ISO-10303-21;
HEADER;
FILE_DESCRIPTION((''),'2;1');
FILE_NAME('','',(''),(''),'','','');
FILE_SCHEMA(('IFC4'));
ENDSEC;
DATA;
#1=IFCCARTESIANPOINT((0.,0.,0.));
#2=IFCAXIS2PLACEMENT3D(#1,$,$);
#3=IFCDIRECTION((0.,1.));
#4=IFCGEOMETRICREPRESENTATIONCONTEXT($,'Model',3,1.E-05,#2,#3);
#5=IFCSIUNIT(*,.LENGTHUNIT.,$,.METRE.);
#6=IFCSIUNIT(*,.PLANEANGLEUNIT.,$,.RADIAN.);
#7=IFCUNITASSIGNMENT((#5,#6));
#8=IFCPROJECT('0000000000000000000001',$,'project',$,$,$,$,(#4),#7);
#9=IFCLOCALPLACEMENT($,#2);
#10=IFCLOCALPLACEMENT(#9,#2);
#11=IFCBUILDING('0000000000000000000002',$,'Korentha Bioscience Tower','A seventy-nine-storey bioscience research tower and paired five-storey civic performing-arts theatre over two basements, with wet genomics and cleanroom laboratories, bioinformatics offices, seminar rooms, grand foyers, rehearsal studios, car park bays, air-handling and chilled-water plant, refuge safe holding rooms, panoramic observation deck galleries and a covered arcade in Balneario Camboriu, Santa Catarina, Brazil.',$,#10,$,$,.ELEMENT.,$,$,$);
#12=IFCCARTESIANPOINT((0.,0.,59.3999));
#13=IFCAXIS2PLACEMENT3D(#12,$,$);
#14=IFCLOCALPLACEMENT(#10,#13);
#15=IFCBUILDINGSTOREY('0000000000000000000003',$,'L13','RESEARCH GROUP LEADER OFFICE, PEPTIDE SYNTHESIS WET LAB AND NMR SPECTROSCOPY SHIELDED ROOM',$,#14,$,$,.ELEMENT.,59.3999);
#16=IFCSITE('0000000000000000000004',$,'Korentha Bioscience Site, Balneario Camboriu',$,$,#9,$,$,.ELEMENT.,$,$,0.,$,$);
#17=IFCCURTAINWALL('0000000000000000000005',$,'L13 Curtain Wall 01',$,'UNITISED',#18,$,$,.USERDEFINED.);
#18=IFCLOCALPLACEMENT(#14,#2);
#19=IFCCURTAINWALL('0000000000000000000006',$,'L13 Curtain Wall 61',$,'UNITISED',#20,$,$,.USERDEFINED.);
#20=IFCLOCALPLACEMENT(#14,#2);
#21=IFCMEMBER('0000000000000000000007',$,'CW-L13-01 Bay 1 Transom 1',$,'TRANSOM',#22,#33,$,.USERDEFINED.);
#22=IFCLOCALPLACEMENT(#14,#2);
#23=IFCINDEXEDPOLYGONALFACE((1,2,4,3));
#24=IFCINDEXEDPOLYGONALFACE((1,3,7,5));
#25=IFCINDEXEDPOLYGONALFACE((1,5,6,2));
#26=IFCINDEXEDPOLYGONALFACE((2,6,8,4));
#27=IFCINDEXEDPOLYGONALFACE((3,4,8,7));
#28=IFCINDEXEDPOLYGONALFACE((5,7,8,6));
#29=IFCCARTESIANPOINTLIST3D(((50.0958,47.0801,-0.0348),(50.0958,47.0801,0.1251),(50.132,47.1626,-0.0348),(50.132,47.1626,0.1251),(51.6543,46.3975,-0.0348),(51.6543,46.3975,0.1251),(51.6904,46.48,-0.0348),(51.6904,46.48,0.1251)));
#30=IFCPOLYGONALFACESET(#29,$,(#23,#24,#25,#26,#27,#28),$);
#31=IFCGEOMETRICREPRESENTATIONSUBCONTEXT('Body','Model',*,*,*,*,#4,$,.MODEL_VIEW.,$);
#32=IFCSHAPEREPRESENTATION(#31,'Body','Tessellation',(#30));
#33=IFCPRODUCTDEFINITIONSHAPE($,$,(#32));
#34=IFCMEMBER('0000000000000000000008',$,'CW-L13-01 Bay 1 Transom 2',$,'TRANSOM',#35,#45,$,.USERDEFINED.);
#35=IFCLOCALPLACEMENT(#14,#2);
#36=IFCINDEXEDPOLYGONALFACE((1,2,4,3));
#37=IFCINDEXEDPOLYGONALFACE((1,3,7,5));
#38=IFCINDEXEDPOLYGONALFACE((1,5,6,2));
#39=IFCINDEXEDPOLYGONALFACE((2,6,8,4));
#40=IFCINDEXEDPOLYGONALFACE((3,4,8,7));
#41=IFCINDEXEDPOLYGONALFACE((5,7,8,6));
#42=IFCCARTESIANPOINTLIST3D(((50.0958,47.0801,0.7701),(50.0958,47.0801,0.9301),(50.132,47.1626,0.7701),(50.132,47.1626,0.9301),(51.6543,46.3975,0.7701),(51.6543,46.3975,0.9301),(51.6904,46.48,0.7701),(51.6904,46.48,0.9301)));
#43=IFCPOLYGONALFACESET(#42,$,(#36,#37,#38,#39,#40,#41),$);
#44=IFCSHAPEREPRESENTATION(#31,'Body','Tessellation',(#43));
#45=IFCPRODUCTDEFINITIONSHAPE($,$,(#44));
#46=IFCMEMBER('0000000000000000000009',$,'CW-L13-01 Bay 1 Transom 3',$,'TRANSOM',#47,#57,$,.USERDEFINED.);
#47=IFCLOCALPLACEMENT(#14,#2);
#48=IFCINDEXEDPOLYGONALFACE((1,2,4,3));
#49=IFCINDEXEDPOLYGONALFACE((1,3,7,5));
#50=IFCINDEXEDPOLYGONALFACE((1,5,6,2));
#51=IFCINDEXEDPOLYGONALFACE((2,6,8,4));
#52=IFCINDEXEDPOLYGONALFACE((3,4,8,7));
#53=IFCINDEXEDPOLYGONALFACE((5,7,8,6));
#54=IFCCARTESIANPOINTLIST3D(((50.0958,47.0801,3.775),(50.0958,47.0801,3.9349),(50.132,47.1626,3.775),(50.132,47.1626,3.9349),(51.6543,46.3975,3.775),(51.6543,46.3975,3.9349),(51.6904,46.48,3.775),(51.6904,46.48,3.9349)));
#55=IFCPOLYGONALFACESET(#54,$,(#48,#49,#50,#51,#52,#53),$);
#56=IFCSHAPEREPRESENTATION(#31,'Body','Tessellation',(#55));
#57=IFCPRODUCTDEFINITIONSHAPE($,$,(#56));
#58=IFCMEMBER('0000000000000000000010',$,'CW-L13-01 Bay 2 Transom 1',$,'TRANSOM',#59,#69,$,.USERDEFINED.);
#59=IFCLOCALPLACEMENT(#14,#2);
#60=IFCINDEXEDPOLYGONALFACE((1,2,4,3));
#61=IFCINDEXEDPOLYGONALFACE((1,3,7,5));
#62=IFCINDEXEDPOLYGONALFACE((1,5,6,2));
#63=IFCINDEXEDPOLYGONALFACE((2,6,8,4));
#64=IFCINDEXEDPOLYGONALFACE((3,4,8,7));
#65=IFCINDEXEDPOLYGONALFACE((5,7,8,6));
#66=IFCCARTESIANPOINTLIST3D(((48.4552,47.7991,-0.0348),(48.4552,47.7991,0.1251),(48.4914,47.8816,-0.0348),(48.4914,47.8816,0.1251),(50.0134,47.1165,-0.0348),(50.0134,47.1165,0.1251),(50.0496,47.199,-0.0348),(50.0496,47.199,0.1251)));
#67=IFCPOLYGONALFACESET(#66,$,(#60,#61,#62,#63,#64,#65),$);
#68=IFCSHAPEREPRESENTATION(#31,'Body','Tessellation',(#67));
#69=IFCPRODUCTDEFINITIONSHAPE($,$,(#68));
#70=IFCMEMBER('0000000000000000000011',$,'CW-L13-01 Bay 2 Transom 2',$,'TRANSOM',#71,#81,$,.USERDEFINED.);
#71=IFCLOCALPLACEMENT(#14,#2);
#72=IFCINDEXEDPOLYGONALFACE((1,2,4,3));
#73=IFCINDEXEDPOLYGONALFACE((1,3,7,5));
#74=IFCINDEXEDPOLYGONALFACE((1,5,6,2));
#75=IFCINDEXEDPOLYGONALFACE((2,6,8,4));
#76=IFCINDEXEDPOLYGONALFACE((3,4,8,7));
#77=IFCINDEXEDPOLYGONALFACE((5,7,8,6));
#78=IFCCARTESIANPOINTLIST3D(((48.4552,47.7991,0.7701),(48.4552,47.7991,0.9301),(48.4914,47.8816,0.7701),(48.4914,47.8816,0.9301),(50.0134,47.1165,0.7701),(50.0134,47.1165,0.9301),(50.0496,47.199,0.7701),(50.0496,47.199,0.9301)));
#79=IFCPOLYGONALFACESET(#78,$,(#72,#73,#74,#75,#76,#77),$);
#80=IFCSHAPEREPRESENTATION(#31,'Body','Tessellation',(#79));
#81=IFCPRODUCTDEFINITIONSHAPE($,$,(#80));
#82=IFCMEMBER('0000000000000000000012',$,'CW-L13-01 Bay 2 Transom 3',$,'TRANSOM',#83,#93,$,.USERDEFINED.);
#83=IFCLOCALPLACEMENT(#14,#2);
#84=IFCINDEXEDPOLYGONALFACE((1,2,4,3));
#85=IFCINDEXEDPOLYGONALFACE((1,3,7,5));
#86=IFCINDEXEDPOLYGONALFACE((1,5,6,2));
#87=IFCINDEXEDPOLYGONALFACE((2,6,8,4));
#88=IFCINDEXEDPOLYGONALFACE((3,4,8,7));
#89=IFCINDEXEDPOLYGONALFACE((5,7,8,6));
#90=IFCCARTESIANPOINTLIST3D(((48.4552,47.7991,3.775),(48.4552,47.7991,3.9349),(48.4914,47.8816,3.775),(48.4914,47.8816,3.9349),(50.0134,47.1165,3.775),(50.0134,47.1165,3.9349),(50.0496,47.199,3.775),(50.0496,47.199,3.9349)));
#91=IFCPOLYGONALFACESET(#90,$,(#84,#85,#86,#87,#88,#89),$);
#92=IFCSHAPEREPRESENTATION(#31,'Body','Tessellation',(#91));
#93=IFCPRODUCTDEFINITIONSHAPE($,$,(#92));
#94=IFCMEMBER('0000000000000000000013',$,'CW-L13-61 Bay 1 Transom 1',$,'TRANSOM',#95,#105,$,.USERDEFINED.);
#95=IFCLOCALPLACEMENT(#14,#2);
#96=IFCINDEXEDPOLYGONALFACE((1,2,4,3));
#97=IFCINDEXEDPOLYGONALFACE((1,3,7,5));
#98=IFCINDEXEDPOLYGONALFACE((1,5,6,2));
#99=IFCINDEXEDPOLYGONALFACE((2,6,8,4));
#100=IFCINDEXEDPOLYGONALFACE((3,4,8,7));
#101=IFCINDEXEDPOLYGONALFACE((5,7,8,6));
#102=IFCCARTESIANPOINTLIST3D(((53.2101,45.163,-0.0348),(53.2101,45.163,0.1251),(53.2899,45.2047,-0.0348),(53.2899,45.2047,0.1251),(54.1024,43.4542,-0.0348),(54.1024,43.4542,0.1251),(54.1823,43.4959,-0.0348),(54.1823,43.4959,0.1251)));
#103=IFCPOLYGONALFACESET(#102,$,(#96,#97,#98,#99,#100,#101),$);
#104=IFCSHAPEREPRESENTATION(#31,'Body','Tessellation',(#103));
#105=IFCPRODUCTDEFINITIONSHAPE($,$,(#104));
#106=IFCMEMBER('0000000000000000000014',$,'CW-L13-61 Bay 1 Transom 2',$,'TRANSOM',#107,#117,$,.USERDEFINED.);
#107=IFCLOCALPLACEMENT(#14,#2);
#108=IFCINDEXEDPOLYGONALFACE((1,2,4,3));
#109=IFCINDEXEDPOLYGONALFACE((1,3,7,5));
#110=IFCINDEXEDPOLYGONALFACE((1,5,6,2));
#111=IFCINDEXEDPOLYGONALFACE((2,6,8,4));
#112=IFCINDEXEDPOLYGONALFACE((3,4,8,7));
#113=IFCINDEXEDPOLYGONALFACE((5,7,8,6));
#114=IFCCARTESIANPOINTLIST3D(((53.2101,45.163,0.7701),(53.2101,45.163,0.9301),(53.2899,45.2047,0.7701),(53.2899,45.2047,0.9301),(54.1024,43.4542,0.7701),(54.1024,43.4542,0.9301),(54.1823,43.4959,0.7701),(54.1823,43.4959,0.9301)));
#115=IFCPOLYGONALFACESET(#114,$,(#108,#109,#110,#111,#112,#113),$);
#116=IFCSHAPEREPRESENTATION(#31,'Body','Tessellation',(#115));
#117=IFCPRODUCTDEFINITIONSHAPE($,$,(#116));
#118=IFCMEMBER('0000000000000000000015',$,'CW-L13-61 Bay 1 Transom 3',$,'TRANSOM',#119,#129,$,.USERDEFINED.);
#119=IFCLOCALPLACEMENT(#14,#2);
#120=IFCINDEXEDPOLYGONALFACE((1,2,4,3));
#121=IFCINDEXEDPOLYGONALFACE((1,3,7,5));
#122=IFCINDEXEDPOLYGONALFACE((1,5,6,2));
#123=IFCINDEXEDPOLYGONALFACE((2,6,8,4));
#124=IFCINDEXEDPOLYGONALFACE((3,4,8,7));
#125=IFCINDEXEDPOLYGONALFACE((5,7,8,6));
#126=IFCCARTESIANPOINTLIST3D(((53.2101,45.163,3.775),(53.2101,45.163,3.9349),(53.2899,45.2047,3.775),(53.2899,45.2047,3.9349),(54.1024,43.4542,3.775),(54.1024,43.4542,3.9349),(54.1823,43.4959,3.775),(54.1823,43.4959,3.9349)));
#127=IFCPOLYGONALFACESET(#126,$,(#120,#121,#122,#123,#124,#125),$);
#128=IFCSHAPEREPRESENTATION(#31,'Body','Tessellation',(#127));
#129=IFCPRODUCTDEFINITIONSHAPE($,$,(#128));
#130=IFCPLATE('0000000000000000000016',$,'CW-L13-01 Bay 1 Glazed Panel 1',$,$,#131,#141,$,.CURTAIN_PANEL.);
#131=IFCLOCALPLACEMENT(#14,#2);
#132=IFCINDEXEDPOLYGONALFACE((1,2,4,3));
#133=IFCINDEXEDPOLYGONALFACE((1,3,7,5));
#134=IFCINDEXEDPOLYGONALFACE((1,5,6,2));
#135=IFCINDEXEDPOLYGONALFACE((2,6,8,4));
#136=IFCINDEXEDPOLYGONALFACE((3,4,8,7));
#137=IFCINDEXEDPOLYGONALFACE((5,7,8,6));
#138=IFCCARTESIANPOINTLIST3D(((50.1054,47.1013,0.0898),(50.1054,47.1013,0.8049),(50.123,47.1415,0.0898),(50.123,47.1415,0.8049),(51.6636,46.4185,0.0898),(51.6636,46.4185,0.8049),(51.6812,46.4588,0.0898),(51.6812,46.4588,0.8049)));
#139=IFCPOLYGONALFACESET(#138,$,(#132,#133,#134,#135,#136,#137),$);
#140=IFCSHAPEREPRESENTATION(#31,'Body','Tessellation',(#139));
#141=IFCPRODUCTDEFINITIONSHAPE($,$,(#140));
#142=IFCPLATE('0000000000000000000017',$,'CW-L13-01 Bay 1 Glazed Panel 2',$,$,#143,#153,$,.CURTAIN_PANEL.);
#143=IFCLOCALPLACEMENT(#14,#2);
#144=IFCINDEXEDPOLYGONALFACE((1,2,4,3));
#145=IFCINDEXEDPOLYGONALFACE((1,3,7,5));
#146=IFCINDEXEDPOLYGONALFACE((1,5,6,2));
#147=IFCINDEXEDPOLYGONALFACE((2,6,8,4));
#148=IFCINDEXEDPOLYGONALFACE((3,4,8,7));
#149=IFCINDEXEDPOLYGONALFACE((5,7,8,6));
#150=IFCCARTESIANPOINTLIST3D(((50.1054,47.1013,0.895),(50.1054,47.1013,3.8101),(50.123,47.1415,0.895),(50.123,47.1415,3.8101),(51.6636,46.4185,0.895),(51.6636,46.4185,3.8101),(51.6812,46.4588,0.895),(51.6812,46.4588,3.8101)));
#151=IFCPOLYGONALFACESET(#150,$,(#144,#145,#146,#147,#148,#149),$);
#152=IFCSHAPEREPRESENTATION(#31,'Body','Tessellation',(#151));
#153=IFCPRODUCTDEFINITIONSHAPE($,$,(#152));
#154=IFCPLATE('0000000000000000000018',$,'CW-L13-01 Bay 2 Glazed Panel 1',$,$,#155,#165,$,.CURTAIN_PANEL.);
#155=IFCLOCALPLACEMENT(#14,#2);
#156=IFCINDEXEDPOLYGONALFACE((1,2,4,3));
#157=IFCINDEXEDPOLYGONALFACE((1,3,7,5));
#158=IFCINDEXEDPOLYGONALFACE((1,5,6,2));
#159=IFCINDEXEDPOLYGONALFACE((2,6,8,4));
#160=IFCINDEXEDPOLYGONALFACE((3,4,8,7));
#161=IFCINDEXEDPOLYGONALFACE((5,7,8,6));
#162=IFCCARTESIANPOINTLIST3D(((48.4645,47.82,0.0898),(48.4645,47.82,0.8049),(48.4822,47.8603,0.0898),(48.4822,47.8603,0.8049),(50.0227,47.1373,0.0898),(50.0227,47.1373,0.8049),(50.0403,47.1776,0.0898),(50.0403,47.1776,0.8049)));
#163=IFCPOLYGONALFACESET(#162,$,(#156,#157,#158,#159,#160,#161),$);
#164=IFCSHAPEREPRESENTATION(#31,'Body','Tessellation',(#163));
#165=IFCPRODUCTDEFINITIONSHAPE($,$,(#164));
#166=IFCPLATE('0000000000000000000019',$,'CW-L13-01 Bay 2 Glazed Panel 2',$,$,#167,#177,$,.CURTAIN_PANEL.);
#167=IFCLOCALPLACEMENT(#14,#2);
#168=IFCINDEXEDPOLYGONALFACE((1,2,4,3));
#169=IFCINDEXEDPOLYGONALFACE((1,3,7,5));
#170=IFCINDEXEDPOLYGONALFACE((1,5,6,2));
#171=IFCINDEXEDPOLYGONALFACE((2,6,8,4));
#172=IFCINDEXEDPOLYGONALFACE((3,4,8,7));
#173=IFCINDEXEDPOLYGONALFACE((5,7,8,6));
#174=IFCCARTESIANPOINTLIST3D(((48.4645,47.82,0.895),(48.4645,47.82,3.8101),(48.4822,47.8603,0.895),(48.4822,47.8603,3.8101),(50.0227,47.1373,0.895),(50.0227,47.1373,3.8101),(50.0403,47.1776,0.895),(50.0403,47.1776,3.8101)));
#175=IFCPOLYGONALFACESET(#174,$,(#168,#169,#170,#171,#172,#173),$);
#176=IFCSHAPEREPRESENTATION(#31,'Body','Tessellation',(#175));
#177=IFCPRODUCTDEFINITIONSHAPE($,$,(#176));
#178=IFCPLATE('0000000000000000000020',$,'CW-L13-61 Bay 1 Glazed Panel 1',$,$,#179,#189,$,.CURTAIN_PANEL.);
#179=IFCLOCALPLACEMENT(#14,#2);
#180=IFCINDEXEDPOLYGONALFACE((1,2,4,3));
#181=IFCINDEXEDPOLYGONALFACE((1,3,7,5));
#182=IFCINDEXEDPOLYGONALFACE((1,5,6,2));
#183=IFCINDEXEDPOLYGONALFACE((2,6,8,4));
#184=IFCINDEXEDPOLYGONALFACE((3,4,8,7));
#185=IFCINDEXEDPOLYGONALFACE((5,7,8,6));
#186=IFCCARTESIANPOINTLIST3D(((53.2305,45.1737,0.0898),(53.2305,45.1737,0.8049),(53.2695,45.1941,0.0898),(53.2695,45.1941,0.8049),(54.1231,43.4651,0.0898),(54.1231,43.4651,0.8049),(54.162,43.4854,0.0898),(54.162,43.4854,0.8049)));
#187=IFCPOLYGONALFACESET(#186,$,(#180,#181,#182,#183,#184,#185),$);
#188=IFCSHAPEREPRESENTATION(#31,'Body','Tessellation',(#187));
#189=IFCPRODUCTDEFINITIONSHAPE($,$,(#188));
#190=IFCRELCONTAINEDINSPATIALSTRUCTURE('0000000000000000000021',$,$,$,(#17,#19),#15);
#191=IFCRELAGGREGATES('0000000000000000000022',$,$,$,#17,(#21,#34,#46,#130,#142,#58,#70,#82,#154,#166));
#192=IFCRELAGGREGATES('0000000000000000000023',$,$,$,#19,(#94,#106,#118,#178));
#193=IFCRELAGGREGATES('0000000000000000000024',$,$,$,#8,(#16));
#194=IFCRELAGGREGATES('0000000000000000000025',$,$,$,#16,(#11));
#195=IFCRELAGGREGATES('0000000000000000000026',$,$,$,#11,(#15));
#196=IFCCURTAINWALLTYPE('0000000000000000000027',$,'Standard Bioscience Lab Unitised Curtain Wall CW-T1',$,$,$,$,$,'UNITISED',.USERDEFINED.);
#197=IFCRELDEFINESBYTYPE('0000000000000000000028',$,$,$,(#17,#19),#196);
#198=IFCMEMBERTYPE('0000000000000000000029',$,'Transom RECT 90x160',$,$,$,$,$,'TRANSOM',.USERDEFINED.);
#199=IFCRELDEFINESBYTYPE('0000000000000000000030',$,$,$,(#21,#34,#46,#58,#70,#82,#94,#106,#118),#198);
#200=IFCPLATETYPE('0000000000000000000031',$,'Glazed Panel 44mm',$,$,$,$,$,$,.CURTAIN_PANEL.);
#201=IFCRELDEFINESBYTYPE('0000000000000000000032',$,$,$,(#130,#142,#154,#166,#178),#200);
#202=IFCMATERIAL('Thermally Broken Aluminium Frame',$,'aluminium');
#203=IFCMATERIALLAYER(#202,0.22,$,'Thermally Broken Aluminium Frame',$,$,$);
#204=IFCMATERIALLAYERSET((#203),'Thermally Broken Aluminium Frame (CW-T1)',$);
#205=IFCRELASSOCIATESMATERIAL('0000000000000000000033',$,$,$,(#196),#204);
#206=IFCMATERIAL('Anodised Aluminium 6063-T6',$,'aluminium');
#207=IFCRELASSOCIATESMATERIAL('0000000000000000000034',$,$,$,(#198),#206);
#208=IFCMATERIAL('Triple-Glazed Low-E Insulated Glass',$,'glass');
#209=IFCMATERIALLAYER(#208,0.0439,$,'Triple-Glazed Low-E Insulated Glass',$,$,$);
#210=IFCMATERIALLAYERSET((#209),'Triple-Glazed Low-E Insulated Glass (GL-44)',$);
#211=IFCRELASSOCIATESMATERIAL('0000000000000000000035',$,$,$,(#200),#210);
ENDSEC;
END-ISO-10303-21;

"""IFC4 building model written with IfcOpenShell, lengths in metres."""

from ifc_helpers import new_model, si_unit, direction, frame, origin, origin_2d, place, context, subcontext, project, spatial, rectangle, extrude, material, layer, layer_set, material_profile, profile_set, type_object, element, aggregate, save


model = new_model("IFC4")

# Units and contexts
model_context = context("Model", 3, precision=1e-05, world=origin(), true_north=direction((0.0, 1.0)))
body_context = subcontext(model_context, "Body", "Model", "MODEL_VIEW")
ifc_project = project(units=[si_unit("LENGTHUNIT", "METRE"), si_unit("PLANEANGLEUNIT", "RADIAN")], contexts=[model_context])

# Site, building, storey
site_placement = place(None, origin())
site = spatial("IfcSite", under=ifc_project, at=site_placement, Name="Korentha Bioscience Site, Balneario Camboriu", CompositionType="ELEMENT", RefElevation=0.0)
building_placement = place(site_placement, origin())
building = spatial("IfcBuilding", under=site, at=building_placement, Name="Korentha Bioscience Tower", Description="A seventy-nine-storey bioscience research tower and paired five-storey civic performing-arts theatre over two basements, with wet genomics and cleanroom laboratories, bioinformatics offices, seminar rooms, grand foyers, rehearsal studios, car park bays, air-handling and chilled-water plant, refuge safe holding rooms, panoramic observation deck galleries and a covered arcade in Balneario Camboriu, Santa Catarina, Brazil.", CompositionType="ELEMENT")
storey_placement = place(building_placement, frame((0.0, 0.0, 59.3999)))
storey = spatial("IfcBuildingStorey", under=building, at=storey_placement, Name="L13", Description="RESEARCH GROUP LEADER OFFICE, PEPTIDE SYNTHESIS WET LAB AND NMR SPECTROSCOPY SHIELDED ROOM", CompositionType="ELEMENT", Elevation=59.3999)

# Curtain walls
ifc_material_1 = material(Name="Thermally Broken Aluminium Frame", Category="aluminium")
ifc_layer_1 = layer(ifc_material_1, 0.22, Name="Thermally Broken Aluminium Frame")
ifc_layer_set_1 = layer_set([ifc_layer_1], Name="Thermally Broken Aluminium Frame (CW-T1)")
curtain_wall_type = type_object("IfcCurtainWallType", Name="Standard Bioscience Lab Unitised Curtain Wall CW-T1", ElementType="UNITISED", PredefinedType="USERDEFINED", material=ifc_layer_set_1)
curtain_wall_1_placement = place(storey_placement, origin())
curtain_wall_1 = element("IfcCurtainWall", 1, at=curtain_wall_1_placement, inside=storey, type_object=curtain_wall_type, Name="L13 Curtain Wall 01", ObjectType="UNITISED", PredefinedType="USERDEFINED")
ifc_material_2 = material(Name="Anodised Aluminium 6063-T6", Category="aluminium")
curtain_wall_2_placement = place(storey_placement, origin())
curtain_wall_2 = element("IfcCurtainWall", 2, at=curtain_wall_2_placement, inside=storey, type_object=curtain_wall_type, Name="L13 Curtain Wall 61", ObjectType="UNITISED", PredefinedType="USERDEFINED")

# Members
ifc_material_profile_1 = material_profile(ifc_material_2, rectangle(XDim=0.0901, YDim=0.1599, at=origin_2d()), Name="Anodised Aluminium 6063-T6")
ifc_profile_set_1 = profile_set([ifc_material_profile_1], Name="Anodised Aluminium 6063-T6 (CW-TRN)")
member_type_1 = type_object("IfcMemberType", Name="Transom RECT 90x160", ElementType="TRANSOM", PredefinedType="USERDEFINED", material=ifc_profile_set_1)
member_1_placement = place(storey_placement, frame((51.6724, 46.4387, 0.0452), z_axis=(-0.915976, 0.401233, 0.0), x_axis=(-0.401233, -0.915976, 0.0)))
member_1 = element("IfcMember", 3, at=member_1_placement, type_object=member_type_1, Name="CW-L13-01 Bay 1 Transom 1", ObjectType="TRANSOM", PredefinedType="USERDEFINED", context=body_context, shape_type="SweptSolid", body=[
    extrude(rectangle(XDim=0.0901, YDim=0.1599, at=origin_2d()), origin(), (0.0, 0.0, 1.0), 1.7014),
])
member_2_placement = place(storey_placement, frame((51.6724, 46.4387, 0.8501), z_axis=(-0.915976, 0.401233, 0.0), x_axis=(-0.401233, -0.915976, 0.0)))
member_2 = element("IfcMember", 4, at=member_2_placement, type_object=member_type_1, Name="CW-L13-01 Bay 1 Transom 2", ObjectType="TRANSOM", PredefinedType="USERDEFINED", context=body_context, shape_type="SweptSolid", body=[
    extrude(rectangle(XDim=0.0901, YDim=0.1599, at=origin_2d()), origin(), (0.0, 0.0, 1.0), 1.7014),
])
member_3_placement = place(storey_placement, frame((51.6724, 46.4387, 3.855), z_axis=(-0.915976, 0.401233, 0.0), x_axis=(-0.401233, -0.915976, 0.0)))
member_3 = element("IfcMember", 5, at=member_3_placement, type_object=member_type_1, Name="CW-L13-01 Bay 1 Transom 3", ObjectType="TRANSOM", PredefinedType="USERDEFINED", context=body_context, shape_type="SweptSolid", body=[
    extrude(rectangle(XDim=0.0901, YDim=0.1599, at=origin_2d()), origin(), (0.0, 0.0, 1.0), 1.7014),
])
member_4_placement = place(storey_placement, frame((50.0315, 47.1577, 0.0452), z_axis=(-0.915953, 0.401286, 0.0), x_axis=(-0.401286, -0.915953, 0.0)))
member_4 = element("IfcMember", 6, at=member_4_placement, type_object=member_type_1, Name="CW-L13-01 Bay 2 Transom 1", ObjectType="TRANSOM", PredefinedType="USERDEFINED", context=body_context, shape_type="SweptSolid", body=[
    extrude(rectangle(XDim=0.0901, YDim=0.1599, at=origin_2d()), origin(), (0.0, 0.0, 1.0), 1.7012),
])
member_5_placement = place(storey_placement, frame((50.0315, 47.1577, 0.8501), z_axis=(-0.915953, 0.401286, 0.0), x_axis=(-0.401286, -0.915953, 0.0)))
member_5 = element("IfcMember", 7, at=member_5_placement, type_object=member_type_1, Name="CW-L13-01 Bay 2 Transom 2", ObjectType="TRANSOM", PredefinedType="USERDEFINED", context=body_context, shape_type="SweptSolid", body=[
    extrude(rectangle(XDim=0.0901, YDim=0.1599, at=origin_2d()), origin(), (0.0, 0.0, 1.0), 1.7012),
])
member_6_placement = place(storey_placement, frame((50.0315, 47.1577, 3.855), z_axis=(-0.915953, 0.401286, 0.0), x_axis=(-0.401286, -0.915953, 0.0)))
member_6 = element("IfcMember", 8, at=member_6_placement, type_object=member_type_1, Name="CW-L13-01 Bay 2 Transom 3", ObjectType="TRANSOM", PredefinedType="USERDEFINED", context=body_context, shape_type="SweptSolid", body=[
    extrude(rectangle(XDim=0.0901, YDim=0.1599, at=origin_2d()), origin(), (0.0, 0.0, 1.0), 1.7012),
])
member_7_placement = place(storey_placement, frame((54.1423, 43.4751, 0.0452), z_axis=(-0.462899, 0.886411, 0.0), x_axis=(-0.886411, -0.462899, 0.0)))
member_7 = element("IfcMember", 9, at=member_7_placement, type_object=member_type_1, Name="CW-L13-61 Bay 1 Transom 1", ObjectType="TRANSOM", PredefinedType="USERDEFINED", context=body_context, shape_type="SweptSolid", body=[
    extrude(rectangle(XDim=0.0901, YDim=0.1599, at=origin_2d()), origin(), (0.0, 0.0, 1.0), 1.9277),
])
member_8_placement = place(storey_placement, frame((54.1423, 43.4751, 0.8501), z_axis=(-0.462899, 0.886411, 0.0), x_axis=(-0.886411, -0.462899, 0.0)))
member_8 = element("IfcMember", 10, at=member_8_placement, type_object=member_type_1, Name="CW-L13-61 Bay 1 Transom 2", ObjectType="TRANSOM", PredefinedType="USERDEFINED", context=body_context, shape_type="SweptSolid", body=[
    extrude(rectangle(XDim=0.0901, YDim=0.1599, at=origin_2d()), origin(), (0.0, 0.0, 1.0), 1.9277),
])
member_9_placement = place(storey_placement, frame((54.1423, 43.4751, 3.855), z_axis=(-0.462899, 0.886411, 0.0), x_axis=(-0.886411, -0.462899, 0.0)))
member_9 = element("IfcMember", 11, at=member_9_placement, type_object=member_type_1, Name="CW-L13-61 Bay 1 Transom 3", ObjectType="TRANSOM", PredefinedType="USERDEFINED", context=body_context, shape_type="SweptSolid", body=[
    extrude(rectangle(XDim=0.0901, YDim=0.1599, at=origin_2d()), origin(), (0.0, 0.0, 1.0), 1.9277),
])

# Plates
ifc_material_3 = material(Name="Triple-Glazed Low-E Insulated Glass", Category="glass")
ifc_layer_2 = layer(ifc_material_3, 0.0439, Name="Triple-Glazed Low-E Insulated Glass")
ifc_layer_set_2 = layer_set([ifc_layer_2], Name="Triple-Glazed Low-E Insulated Glass (GL-44)")
plate_type = type_object("IfcPlateType", Name="Glazed Panel 44mm", PredefinedType="CURTAIN_PANEL", material=ifc_layer_set_2)
plate_1_placement = place(storey_placement, frame((50.8933, 46.78, 0.0898), z_axis=(0.0, 0.0, 1.0), x_axis=(-0.915939, 0.401317, 0.0)))
plate_1 = element("IfcPlate", 12, at=plate_1_placement, type_object=plate_type, Name="CW-L13-01 Bay 1 Glazed Panel 1", PredefinedType="CURTAIN_PANEL", context=body_context, shape_type="SweptSolid", body=[
    extrude(rectangle(XDim=1.7012, YDim=0.0439, at=origin_2d()), origin(), (0.0, 0.0, 1.0), 0.7151),
])
plate_2_placement = place(storey_placement, frame((50.8933, 46.78, 0.895), z_axis=(0.0, 0.0, 1.0), x_axis=(-0.915939, 0.401317, 0.0)))
plate_2 = element("IfcPlate", 13, at=plate_2_placement, type_object=plate_type, Name="CW-L13-01 Bay 1 Glazed Panel 2", PredefinedType="CURTAIN_PANEL", context=body_context, shape_type="SweptSolid", body=[
    extrude(rectangle(XDim=1.7012, YDim=0.0439, at=origin_2d()), origin(), (0.0, 0.0, 1.0), 2.915),
])
plate_3_placement = place(storey_placement, frame((49.2524, 47.4988, 0.0898), z_axis=(0.0, 0.0, 1.0), x_axis=(-0.915939, 0.401317, 0.0)))
plate_3 = element("IfcPlate", 14, at=plate_3_placement, type_object=plate_type, Name="CW-L13-01 Bay 2 Glazed Panel 1", PredefinedType="CURTAIN_PANEL", context=body_context, shape_type="SweptSolid", body=[
    extrude(rectangle(XDim=1.7012, YDim=0.0439, at=origin_2d()), origin(), (0.0, 0.0, 1.0), 0.7151),
])
plate_4_placement = place(storey_placement, frame((49.2524, 47.4988, 0.895), z_axis=(0.0, 0.0, 1.0), x_axis=(-0.915939, 0.401317, 0.0)))
plate_4 = element("IfcPlate", 15, at=plate_4_placement, type_object=plate_type, Name="CW-L13-01 Bay 2 Glazed Panel 2", PredefinedType="CURTAIN_PANEL", context=body_context, shape_type="SweptSolid", body=[
    extrude(rectangle(XDim=1.7012, YDim=0.0439, at=origin_2d()), origin(), (0.0, 0.0, 1.0), 2.915),
])
aggregate(curtain_wall_1, [member_1, member_2, member_3, plate_1, plate_2, member_4, member_5, member_6, plate_3, plate_4])
plate_5_placement = place(storey_placement, frame((53.6963, 44.3296, 0.0898), z_axis=(0.0, 0.0, 1.0), x_axis=(-0.463009, 0.886354, 0.0)))
plate_5 = element("IfcPlate", 16, at=plate_5_placement, type_object=plate_type, Name="CW-L13-61 Bay 1 Glazed Panel 1", PredefinedType="CURTAIN_PANEL", context=body_context, shape_type="SweptSolid", body=[
    extrude(rectangle(XDim=1.9277, YDim=0.0439, at=origin_2d()), origin(), (0.0, 0.0, 1.0), 0.7151),
])
aggregate(curtain_wall_2, [member_7, member_8, member_9, plate_5])

save(model, "model.ifc")
